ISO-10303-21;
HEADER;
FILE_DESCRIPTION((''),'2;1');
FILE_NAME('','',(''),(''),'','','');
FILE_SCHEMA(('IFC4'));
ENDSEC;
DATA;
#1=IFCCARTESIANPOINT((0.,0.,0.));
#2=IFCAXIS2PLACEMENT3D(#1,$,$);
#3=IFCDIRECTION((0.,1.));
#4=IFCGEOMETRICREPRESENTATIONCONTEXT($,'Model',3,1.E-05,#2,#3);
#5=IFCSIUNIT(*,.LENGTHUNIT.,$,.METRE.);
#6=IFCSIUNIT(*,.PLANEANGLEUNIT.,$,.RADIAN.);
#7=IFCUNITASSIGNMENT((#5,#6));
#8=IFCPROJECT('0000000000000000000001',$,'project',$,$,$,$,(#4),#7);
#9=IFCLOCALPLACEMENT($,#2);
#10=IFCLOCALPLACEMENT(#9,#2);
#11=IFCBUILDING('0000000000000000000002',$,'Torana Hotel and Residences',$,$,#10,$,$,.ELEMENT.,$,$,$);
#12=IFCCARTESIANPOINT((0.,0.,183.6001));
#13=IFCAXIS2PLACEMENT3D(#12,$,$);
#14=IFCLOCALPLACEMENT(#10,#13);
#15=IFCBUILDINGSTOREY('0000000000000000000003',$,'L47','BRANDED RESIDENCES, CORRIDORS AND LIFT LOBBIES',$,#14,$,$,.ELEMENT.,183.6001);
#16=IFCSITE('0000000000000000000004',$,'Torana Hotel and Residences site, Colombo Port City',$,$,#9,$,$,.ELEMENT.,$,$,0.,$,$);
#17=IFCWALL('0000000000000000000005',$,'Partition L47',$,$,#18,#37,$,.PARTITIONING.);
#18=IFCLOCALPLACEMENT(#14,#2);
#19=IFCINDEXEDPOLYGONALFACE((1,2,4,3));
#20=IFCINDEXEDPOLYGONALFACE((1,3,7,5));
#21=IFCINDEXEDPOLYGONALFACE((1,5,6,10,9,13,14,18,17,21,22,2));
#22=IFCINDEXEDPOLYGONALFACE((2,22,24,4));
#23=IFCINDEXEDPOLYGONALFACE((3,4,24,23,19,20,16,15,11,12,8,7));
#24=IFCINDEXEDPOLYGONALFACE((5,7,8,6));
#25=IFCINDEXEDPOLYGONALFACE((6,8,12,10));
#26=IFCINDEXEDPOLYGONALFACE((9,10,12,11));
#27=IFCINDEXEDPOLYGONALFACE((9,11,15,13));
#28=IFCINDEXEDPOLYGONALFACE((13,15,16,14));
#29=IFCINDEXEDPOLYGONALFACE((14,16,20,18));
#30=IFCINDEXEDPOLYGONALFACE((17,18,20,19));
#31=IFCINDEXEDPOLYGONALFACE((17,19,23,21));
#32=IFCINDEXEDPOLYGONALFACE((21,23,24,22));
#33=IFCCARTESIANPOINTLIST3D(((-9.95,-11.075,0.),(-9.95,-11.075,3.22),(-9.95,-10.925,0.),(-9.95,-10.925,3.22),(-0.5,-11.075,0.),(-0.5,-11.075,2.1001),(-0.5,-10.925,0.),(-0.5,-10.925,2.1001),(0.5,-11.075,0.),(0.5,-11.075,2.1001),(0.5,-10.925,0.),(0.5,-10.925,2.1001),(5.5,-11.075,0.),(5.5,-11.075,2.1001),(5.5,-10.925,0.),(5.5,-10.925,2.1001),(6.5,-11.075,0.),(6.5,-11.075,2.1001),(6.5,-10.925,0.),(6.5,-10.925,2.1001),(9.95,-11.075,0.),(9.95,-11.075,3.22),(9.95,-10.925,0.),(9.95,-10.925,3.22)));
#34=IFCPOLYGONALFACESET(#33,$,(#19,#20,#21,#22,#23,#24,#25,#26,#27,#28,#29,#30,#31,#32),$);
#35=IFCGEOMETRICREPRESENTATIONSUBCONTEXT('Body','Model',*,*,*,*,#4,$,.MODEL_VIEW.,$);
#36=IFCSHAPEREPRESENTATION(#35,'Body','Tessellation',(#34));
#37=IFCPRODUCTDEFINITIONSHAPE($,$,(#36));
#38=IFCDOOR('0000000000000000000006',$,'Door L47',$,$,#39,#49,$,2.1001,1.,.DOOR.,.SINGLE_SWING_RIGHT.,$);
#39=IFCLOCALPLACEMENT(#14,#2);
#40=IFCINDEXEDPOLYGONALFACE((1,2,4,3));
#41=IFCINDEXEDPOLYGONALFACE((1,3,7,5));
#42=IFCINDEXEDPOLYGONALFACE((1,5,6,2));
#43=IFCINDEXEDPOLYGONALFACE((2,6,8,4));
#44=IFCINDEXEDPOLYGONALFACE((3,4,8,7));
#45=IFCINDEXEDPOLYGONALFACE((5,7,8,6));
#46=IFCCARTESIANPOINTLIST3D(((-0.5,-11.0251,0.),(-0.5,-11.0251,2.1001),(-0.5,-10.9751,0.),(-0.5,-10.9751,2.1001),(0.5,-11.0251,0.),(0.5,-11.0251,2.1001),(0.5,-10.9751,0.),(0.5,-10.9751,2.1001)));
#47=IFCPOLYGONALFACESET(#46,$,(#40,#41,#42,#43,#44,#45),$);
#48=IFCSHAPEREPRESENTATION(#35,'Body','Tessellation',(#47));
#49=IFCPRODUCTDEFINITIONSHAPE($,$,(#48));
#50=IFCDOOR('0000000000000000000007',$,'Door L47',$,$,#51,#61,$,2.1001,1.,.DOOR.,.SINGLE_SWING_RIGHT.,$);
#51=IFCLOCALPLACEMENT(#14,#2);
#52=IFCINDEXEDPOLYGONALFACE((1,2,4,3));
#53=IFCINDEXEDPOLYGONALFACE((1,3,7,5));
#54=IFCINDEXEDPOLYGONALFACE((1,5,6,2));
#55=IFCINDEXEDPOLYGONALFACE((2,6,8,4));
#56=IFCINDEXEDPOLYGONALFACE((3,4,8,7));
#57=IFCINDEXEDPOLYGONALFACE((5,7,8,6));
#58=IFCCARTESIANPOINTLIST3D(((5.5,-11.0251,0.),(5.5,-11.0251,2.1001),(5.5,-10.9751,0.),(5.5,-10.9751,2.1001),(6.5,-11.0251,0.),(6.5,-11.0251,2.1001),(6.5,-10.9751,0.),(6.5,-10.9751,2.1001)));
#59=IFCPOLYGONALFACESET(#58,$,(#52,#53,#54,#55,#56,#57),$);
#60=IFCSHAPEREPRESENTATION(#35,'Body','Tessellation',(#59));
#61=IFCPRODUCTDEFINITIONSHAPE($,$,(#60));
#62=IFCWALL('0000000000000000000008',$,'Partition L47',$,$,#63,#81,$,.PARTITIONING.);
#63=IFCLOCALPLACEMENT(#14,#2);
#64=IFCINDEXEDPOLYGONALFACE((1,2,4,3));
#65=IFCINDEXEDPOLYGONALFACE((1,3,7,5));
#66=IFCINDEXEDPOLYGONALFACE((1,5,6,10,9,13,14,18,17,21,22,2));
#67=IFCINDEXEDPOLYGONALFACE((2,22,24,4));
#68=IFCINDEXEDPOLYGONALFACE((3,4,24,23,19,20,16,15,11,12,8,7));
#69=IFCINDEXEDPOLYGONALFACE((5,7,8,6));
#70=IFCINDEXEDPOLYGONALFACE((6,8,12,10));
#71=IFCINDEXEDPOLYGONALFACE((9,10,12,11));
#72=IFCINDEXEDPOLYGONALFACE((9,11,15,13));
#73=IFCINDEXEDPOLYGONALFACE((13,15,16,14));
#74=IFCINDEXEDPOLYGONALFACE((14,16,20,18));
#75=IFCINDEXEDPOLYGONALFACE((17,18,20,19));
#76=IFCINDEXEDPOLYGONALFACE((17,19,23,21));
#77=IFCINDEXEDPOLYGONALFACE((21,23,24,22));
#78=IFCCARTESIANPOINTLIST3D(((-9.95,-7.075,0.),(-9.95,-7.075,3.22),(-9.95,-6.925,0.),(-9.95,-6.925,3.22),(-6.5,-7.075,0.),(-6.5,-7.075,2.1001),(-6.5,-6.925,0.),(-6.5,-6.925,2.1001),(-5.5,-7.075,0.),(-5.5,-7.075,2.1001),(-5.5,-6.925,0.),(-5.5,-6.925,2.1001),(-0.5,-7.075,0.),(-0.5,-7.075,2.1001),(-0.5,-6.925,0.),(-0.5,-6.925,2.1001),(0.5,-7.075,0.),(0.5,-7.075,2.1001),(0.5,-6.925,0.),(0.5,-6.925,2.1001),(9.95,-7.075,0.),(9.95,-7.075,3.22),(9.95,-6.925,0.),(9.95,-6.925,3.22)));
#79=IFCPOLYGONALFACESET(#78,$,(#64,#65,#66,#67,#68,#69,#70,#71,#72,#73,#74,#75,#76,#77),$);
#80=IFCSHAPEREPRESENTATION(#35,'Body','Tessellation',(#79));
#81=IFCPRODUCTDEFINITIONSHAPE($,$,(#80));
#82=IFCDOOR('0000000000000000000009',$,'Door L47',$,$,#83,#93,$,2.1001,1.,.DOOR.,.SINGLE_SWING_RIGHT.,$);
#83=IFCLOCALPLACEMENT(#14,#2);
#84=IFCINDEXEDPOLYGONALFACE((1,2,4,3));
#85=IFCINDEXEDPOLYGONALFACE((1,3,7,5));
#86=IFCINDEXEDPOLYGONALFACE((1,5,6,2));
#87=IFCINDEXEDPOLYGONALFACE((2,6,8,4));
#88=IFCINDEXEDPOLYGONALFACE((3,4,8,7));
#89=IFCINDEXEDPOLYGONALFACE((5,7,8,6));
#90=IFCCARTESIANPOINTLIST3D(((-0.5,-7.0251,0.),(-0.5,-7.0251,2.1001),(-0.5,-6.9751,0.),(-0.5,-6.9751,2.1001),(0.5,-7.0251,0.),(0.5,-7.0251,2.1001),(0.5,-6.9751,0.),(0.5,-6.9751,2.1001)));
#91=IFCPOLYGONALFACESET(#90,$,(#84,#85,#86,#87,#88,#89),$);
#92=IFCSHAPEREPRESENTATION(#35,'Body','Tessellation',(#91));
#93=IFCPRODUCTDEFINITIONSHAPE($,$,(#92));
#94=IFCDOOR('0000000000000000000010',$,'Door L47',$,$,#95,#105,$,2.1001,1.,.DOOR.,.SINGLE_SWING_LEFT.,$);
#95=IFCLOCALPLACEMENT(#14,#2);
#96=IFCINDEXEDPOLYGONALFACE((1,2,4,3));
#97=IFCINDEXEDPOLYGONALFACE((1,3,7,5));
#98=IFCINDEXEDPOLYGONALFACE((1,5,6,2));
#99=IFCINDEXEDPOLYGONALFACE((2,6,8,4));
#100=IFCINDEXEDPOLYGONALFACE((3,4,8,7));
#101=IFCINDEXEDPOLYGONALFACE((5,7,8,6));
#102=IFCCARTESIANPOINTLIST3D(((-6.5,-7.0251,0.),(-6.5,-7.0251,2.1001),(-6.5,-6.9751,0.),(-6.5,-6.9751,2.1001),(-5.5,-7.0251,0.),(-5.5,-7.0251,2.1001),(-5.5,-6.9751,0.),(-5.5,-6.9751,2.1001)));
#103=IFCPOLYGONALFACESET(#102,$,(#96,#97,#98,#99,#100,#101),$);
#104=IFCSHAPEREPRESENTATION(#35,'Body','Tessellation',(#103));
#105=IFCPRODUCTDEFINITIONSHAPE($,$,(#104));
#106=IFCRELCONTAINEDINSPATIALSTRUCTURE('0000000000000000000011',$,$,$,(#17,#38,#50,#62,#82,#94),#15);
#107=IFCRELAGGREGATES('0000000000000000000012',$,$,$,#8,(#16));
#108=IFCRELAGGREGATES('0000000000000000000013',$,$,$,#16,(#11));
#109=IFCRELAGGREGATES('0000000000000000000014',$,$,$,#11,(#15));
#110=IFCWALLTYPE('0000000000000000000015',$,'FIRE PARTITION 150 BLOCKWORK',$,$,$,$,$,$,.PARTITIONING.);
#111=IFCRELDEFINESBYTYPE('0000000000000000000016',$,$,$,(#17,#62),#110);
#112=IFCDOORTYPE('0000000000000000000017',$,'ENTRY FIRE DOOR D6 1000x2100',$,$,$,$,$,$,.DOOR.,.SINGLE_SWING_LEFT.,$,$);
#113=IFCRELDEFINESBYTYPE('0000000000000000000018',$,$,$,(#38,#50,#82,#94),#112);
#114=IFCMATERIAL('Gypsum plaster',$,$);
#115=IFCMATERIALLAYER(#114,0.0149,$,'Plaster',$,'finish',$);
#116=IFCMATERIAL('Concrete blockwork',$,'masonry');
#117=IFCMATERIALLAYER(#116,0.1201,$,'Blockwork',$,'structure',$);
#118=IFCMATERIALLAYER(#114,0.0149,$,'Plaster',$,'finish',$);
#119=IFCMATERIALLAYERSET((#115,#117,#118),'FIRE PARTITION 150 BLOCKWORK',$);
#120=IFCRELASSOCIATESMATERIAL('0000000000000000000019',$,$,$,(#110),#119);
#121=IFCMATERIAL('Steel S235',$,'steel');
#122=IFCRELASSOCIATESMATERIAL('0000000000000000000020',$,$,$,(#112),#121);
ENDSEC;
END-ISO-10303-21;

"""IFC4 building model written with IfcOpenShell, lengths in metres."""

from ifc_helpers import new_model, si_unit, direction, frame, frame_2d, origin, place, context, subcontext, project, spatial, rectangle, extrude, material, layer, layer_set, type_object, element, fill, save


model = new_model("IFC4")

# Units and contexts
model_context = context("Model", 3, precision=1e-05, world=origin(), true_north=direction((0.0, 1.0)))
body_context = subcontext(model_context, "Body", "Model", "MODEL_VIEW")
ifc_project = project(units=[si_unit("LENGTHUNIT", "METRE"), si_unit("PLANEANGLEUNIT", "RADIAN")], contexts=[model_context])

# Site, building, storey
site_placement = place(None, origin())
site = spatial("IfcSite", under=ifc_project, at=site_placement, Name="Torana Hotel and Residences site, Colombo Port City", CompositionType="ELEMENT", RefElevation=0.0)
building_placement = place(site_placement, origin())
building = spatial("IfcBuilding", under=site, at=building_placement, Name="Torana Hotel and Residences", CompositionType="ELEMENT")
storey_placement = place(building_placement, frame((0.0, 0.0, 183.6001)))
storey = spatial("IfcBuildingStorey", under=building, at=storey_placement, Name="L47", Description="BRANDED RESIDENCES, CORRIDORS AND LIFT LOBBIES", CompositionType="ELEMENT", Elevation=183.6001)

# Shared definitions
ifc_material_1 = material(Name="Gypsum plaster")
ifc_layer_1 = layer(ifc_material_1, 0.0149, Name="Plaster", Category="finish")
ifc_material_2 = material(Name="Concrete blockwork", Category="masonry")
ifc_layer_2 = layer(ifc_material_2, 0.1201, Name="Blockwork", Category="structure")
ifc_layer_3 = layer(ifc_material_1, 0.0149, Name="Plaster", Category="finish")
ifc_layer_set_1 = layer_set([ifc_layer_1, ifc_layer_2, ifc_layer_3], Name="FIRE PARTITION 150 BLOCKWORK")
wall_type_1 = type_object("IfcWallType", Name="FIRE PARTITION 150 BLOCKWORK", PredefinedType="PARTITIONING", material=ifc_layer_set_1)

# Walls, openings, doors
wall_1_placement = place(storey_placement, frame((-9.95, -11.0, 0.0), z_axis=(0.0, 0.0, 1.0), x_axis=(1.0, 0.0, 0.0)))
wall_1 = element("IfcWall", 1, at=wall_1_placement, inside=storey, type_object=wall_type_1, Name="Partition L47", PredefinedType="PARTITIONING", context=body_context, shape_type="SweptSolid", body=[
    extrude(rectangle(XDim=19.8999, YDim=0.1499, at=frame_2d((9.95, 0.0))), origin(), (0.0, 0.0, 1.0), 3.22),
])
opening_1_placement = place(wall_1_placement, frame((9.45, 0.0, 0.0)))
opening_1 = element("IfcOpeningElement", 2, at=opening_1_placement, cuts=wall_1, PredefinedType="OPENING", context=body_context, shape_type="SweptSolid", body=[
    extrude(rectangle(XDim=1.0, YDim=2.1001, at=frame_2d((0.5, 1.05))), frame((0.0, 0.085, 0.0), z_axis=(0.0, -1.0, 0.0), x_axis=(1.0, 0.0, 0.0)), (0.0, 0.0, 1.0), 0.1699),
])
opening_2_placement = place(wall_1_placement, frame((15.45, 0.0, 0.0)))
opening_2 = element("IfcOpeningElement", 3, at=opening_2_placement, cuts=wall_1, PredefinedType="OPENING", context=body_context, shape_type="SweptSolid", body=[
    extrude(rectangle(XDim=1.0, YDim=2.1001, at=frame_2d((0.5, 1.05))), frame((0.0, 0.085, 0.0), z_axis=(0.0, -1.0, 0.0), x_axis=(1.0, 0.0, 0.0)), (0.0, 0.0, 1.0), 0.1699),
])
ifc_material_3 = material(Name="Steel S235", Category="steel")
door_type = type_object("IfcDoorType", Name="ENTRY FIRE DOOR D6 1000x2100", OperationType="SINGLE_SWING_LEFT", PredefinedType="DOOR", material=ifc_material_3)
door_1_placement = place(opening_1_placement, origin())
door_1 = element("IfcDoor", 4, at=door_1_placement, inside=storey, type_object=door_type, Name="Door L47", OperationType="SINGLE_SWING_RIGHT", OverallHeight=2.1001, OverallWidth=1.0, PredefinedType="DOOR", context=body_context, shape_type="SweptSolid", body=[
    extrude(rectangle(XDim=1.0, YDim=2.1001, at=frame_2d((0.5, 1.05))), frame((0.0, 0.0249, 0.0), z_axis=(0.0, -1.0, 0.0), x_axis=(1.0, 0.0, 0.0)), (0.0, 0.0, 1.0), 0.05),
])
fill(opening_1, door_1)
door_2_placement = place(opening_2_placement, origin())
door_2 = element("IfcDoor", 5, at=door_2_placement, inside=storey, type_object=door_type, Name="Door L47", OperationType="SINGLE_SWING_RIGHT", OverallHeight=2.1001, OverallWidth=1.0, PredefinedType="DOOR", context=body_context, shape_type="SweptSolid", body=[
    extrude(rectangle(XDim=1.0, YDim=2.1001, at=frame_2d((0.5, 1.05))), frame((0.0, 0.0249, 0.0), z_axis=(0.0, -1.0, 0.0), x_axis=(1.0, 0.0, 0.0)), (0.0, 0.0, 1.0), 0.05),
])
fill(opening_2, door_2)
wall_2_placement = place(storey_placement, frame((-9.95, -7.0, 0.0), z_axis=(0.0, 0.0, 1.0), x_axis=(1.0, 0.0, 0.0)))
wall_2 = element("IfcWall", 6, at=wall_2_placement, inside=storey, type_object=wall_type_1, Name="Partition L47", PredefinedType="PARTITIONING", context=body_context, shape_type="SweptSolid", body=[
    extrude(rectangle(XDim=19.8999, YDim=0.1499, at=frame_2d((9.95, 0.0))), origin(), (0.0, 0.0, 1.0), 3.22),
])
opening_3_placement = place(wall_2_placement, frame((9.45, 0.0, 0.0)))
opening_3 = element("IfcOpeningElement", 7, at=opening_3_placement, cuts=wall_2, PredefinedType="OPENING", context=body_context, shape_type="SweptSolid", body=[
    extrude(rectangle(XDim=1.0, YDim=2.1001, at=frame_2d((0.5, 1.05))), frame((0.0, 0.085, 0.0), z_axis=(0.0, -1.0, 0.0), x_axis=(1.0, 0.0, 0.0)), (0.0, 0.0, 1.0), 0.1699),
])
opening_4_placement = place(wall_2_placement, frame((3.45, 0.0, 0.0)))
opening_4 = element("IfcOpeningElement", 8, at=opening_4_placement, cuts=wall_2, PredefinedType="OPENING", context=body_context, shape_type="SweptSolid", body=[
    extrude(rectangle(XDim=1.0, YDim=2.1001, at=frame_2d((0.5, 1.05))), frame((0.0, 0.085, 0.0), z_axis=(0.0, -1.0, 0.0), x_axis=(1.0, 0.0, 0.0)), (0.0, 0.0, 1.0), 0.1699),
])
door_3_placement = place(opening_3_placement, origin())
door_3 = element("IfcDoor", 9, at=door_3_placement, inside=storey, type_object=door_type, Name="Door L47", OperationType="SINGLE_SWING_RIGHT", OverallHeight=2.1001, OverallWidth=1.0, PredefinedType="DOOR", context=body_context, shape_type="SweptSolid", body=[
    extrude(rectangle(XDim=1.0, YDim=2.1001, at=frame_2d((0.5, 1.05))), frame((0.0, 0.0249, 0.0), z_axis=(0.0, -1.0, 0.0), x_axis=(1.0, 0.0, 0.0)), (0.0, 0.0, 1.0), 0.05),
])
fill(opening_3, door_3)
door_4_placement = place(opening_4_placement, frame((0.5, 0.0, 0.0), z_axis=(0.0, 0.0, 1.0), x_axis=(-1.0, 0.0, 0.0)))
door_4 = element("IfcDoor", 10, at=door_4_placement, inside=storey, type_object=door_type, Name="Door L47", OperationType="SINGLE_SWING_LEFT", OverallHeight=2.1001, OverallWidth=1.0, PredefinedType="DOOR", context=body_context, shape_type="SweptSolid", body=[
    extrude(rectangle(XDim=1.0, YDim=2.1001, at=frame_2d((0.0, 1.05))), frame((0.0, -0.0249, 0.0), z_axis=(0.0, 1.0, 0.0), x_axis=(-1.0, 0.0, 0.0)), (0.0, 0.0, 1.0), 0.05),
])
fill(opening_4, door_4)

save(model, "model.ifc")
